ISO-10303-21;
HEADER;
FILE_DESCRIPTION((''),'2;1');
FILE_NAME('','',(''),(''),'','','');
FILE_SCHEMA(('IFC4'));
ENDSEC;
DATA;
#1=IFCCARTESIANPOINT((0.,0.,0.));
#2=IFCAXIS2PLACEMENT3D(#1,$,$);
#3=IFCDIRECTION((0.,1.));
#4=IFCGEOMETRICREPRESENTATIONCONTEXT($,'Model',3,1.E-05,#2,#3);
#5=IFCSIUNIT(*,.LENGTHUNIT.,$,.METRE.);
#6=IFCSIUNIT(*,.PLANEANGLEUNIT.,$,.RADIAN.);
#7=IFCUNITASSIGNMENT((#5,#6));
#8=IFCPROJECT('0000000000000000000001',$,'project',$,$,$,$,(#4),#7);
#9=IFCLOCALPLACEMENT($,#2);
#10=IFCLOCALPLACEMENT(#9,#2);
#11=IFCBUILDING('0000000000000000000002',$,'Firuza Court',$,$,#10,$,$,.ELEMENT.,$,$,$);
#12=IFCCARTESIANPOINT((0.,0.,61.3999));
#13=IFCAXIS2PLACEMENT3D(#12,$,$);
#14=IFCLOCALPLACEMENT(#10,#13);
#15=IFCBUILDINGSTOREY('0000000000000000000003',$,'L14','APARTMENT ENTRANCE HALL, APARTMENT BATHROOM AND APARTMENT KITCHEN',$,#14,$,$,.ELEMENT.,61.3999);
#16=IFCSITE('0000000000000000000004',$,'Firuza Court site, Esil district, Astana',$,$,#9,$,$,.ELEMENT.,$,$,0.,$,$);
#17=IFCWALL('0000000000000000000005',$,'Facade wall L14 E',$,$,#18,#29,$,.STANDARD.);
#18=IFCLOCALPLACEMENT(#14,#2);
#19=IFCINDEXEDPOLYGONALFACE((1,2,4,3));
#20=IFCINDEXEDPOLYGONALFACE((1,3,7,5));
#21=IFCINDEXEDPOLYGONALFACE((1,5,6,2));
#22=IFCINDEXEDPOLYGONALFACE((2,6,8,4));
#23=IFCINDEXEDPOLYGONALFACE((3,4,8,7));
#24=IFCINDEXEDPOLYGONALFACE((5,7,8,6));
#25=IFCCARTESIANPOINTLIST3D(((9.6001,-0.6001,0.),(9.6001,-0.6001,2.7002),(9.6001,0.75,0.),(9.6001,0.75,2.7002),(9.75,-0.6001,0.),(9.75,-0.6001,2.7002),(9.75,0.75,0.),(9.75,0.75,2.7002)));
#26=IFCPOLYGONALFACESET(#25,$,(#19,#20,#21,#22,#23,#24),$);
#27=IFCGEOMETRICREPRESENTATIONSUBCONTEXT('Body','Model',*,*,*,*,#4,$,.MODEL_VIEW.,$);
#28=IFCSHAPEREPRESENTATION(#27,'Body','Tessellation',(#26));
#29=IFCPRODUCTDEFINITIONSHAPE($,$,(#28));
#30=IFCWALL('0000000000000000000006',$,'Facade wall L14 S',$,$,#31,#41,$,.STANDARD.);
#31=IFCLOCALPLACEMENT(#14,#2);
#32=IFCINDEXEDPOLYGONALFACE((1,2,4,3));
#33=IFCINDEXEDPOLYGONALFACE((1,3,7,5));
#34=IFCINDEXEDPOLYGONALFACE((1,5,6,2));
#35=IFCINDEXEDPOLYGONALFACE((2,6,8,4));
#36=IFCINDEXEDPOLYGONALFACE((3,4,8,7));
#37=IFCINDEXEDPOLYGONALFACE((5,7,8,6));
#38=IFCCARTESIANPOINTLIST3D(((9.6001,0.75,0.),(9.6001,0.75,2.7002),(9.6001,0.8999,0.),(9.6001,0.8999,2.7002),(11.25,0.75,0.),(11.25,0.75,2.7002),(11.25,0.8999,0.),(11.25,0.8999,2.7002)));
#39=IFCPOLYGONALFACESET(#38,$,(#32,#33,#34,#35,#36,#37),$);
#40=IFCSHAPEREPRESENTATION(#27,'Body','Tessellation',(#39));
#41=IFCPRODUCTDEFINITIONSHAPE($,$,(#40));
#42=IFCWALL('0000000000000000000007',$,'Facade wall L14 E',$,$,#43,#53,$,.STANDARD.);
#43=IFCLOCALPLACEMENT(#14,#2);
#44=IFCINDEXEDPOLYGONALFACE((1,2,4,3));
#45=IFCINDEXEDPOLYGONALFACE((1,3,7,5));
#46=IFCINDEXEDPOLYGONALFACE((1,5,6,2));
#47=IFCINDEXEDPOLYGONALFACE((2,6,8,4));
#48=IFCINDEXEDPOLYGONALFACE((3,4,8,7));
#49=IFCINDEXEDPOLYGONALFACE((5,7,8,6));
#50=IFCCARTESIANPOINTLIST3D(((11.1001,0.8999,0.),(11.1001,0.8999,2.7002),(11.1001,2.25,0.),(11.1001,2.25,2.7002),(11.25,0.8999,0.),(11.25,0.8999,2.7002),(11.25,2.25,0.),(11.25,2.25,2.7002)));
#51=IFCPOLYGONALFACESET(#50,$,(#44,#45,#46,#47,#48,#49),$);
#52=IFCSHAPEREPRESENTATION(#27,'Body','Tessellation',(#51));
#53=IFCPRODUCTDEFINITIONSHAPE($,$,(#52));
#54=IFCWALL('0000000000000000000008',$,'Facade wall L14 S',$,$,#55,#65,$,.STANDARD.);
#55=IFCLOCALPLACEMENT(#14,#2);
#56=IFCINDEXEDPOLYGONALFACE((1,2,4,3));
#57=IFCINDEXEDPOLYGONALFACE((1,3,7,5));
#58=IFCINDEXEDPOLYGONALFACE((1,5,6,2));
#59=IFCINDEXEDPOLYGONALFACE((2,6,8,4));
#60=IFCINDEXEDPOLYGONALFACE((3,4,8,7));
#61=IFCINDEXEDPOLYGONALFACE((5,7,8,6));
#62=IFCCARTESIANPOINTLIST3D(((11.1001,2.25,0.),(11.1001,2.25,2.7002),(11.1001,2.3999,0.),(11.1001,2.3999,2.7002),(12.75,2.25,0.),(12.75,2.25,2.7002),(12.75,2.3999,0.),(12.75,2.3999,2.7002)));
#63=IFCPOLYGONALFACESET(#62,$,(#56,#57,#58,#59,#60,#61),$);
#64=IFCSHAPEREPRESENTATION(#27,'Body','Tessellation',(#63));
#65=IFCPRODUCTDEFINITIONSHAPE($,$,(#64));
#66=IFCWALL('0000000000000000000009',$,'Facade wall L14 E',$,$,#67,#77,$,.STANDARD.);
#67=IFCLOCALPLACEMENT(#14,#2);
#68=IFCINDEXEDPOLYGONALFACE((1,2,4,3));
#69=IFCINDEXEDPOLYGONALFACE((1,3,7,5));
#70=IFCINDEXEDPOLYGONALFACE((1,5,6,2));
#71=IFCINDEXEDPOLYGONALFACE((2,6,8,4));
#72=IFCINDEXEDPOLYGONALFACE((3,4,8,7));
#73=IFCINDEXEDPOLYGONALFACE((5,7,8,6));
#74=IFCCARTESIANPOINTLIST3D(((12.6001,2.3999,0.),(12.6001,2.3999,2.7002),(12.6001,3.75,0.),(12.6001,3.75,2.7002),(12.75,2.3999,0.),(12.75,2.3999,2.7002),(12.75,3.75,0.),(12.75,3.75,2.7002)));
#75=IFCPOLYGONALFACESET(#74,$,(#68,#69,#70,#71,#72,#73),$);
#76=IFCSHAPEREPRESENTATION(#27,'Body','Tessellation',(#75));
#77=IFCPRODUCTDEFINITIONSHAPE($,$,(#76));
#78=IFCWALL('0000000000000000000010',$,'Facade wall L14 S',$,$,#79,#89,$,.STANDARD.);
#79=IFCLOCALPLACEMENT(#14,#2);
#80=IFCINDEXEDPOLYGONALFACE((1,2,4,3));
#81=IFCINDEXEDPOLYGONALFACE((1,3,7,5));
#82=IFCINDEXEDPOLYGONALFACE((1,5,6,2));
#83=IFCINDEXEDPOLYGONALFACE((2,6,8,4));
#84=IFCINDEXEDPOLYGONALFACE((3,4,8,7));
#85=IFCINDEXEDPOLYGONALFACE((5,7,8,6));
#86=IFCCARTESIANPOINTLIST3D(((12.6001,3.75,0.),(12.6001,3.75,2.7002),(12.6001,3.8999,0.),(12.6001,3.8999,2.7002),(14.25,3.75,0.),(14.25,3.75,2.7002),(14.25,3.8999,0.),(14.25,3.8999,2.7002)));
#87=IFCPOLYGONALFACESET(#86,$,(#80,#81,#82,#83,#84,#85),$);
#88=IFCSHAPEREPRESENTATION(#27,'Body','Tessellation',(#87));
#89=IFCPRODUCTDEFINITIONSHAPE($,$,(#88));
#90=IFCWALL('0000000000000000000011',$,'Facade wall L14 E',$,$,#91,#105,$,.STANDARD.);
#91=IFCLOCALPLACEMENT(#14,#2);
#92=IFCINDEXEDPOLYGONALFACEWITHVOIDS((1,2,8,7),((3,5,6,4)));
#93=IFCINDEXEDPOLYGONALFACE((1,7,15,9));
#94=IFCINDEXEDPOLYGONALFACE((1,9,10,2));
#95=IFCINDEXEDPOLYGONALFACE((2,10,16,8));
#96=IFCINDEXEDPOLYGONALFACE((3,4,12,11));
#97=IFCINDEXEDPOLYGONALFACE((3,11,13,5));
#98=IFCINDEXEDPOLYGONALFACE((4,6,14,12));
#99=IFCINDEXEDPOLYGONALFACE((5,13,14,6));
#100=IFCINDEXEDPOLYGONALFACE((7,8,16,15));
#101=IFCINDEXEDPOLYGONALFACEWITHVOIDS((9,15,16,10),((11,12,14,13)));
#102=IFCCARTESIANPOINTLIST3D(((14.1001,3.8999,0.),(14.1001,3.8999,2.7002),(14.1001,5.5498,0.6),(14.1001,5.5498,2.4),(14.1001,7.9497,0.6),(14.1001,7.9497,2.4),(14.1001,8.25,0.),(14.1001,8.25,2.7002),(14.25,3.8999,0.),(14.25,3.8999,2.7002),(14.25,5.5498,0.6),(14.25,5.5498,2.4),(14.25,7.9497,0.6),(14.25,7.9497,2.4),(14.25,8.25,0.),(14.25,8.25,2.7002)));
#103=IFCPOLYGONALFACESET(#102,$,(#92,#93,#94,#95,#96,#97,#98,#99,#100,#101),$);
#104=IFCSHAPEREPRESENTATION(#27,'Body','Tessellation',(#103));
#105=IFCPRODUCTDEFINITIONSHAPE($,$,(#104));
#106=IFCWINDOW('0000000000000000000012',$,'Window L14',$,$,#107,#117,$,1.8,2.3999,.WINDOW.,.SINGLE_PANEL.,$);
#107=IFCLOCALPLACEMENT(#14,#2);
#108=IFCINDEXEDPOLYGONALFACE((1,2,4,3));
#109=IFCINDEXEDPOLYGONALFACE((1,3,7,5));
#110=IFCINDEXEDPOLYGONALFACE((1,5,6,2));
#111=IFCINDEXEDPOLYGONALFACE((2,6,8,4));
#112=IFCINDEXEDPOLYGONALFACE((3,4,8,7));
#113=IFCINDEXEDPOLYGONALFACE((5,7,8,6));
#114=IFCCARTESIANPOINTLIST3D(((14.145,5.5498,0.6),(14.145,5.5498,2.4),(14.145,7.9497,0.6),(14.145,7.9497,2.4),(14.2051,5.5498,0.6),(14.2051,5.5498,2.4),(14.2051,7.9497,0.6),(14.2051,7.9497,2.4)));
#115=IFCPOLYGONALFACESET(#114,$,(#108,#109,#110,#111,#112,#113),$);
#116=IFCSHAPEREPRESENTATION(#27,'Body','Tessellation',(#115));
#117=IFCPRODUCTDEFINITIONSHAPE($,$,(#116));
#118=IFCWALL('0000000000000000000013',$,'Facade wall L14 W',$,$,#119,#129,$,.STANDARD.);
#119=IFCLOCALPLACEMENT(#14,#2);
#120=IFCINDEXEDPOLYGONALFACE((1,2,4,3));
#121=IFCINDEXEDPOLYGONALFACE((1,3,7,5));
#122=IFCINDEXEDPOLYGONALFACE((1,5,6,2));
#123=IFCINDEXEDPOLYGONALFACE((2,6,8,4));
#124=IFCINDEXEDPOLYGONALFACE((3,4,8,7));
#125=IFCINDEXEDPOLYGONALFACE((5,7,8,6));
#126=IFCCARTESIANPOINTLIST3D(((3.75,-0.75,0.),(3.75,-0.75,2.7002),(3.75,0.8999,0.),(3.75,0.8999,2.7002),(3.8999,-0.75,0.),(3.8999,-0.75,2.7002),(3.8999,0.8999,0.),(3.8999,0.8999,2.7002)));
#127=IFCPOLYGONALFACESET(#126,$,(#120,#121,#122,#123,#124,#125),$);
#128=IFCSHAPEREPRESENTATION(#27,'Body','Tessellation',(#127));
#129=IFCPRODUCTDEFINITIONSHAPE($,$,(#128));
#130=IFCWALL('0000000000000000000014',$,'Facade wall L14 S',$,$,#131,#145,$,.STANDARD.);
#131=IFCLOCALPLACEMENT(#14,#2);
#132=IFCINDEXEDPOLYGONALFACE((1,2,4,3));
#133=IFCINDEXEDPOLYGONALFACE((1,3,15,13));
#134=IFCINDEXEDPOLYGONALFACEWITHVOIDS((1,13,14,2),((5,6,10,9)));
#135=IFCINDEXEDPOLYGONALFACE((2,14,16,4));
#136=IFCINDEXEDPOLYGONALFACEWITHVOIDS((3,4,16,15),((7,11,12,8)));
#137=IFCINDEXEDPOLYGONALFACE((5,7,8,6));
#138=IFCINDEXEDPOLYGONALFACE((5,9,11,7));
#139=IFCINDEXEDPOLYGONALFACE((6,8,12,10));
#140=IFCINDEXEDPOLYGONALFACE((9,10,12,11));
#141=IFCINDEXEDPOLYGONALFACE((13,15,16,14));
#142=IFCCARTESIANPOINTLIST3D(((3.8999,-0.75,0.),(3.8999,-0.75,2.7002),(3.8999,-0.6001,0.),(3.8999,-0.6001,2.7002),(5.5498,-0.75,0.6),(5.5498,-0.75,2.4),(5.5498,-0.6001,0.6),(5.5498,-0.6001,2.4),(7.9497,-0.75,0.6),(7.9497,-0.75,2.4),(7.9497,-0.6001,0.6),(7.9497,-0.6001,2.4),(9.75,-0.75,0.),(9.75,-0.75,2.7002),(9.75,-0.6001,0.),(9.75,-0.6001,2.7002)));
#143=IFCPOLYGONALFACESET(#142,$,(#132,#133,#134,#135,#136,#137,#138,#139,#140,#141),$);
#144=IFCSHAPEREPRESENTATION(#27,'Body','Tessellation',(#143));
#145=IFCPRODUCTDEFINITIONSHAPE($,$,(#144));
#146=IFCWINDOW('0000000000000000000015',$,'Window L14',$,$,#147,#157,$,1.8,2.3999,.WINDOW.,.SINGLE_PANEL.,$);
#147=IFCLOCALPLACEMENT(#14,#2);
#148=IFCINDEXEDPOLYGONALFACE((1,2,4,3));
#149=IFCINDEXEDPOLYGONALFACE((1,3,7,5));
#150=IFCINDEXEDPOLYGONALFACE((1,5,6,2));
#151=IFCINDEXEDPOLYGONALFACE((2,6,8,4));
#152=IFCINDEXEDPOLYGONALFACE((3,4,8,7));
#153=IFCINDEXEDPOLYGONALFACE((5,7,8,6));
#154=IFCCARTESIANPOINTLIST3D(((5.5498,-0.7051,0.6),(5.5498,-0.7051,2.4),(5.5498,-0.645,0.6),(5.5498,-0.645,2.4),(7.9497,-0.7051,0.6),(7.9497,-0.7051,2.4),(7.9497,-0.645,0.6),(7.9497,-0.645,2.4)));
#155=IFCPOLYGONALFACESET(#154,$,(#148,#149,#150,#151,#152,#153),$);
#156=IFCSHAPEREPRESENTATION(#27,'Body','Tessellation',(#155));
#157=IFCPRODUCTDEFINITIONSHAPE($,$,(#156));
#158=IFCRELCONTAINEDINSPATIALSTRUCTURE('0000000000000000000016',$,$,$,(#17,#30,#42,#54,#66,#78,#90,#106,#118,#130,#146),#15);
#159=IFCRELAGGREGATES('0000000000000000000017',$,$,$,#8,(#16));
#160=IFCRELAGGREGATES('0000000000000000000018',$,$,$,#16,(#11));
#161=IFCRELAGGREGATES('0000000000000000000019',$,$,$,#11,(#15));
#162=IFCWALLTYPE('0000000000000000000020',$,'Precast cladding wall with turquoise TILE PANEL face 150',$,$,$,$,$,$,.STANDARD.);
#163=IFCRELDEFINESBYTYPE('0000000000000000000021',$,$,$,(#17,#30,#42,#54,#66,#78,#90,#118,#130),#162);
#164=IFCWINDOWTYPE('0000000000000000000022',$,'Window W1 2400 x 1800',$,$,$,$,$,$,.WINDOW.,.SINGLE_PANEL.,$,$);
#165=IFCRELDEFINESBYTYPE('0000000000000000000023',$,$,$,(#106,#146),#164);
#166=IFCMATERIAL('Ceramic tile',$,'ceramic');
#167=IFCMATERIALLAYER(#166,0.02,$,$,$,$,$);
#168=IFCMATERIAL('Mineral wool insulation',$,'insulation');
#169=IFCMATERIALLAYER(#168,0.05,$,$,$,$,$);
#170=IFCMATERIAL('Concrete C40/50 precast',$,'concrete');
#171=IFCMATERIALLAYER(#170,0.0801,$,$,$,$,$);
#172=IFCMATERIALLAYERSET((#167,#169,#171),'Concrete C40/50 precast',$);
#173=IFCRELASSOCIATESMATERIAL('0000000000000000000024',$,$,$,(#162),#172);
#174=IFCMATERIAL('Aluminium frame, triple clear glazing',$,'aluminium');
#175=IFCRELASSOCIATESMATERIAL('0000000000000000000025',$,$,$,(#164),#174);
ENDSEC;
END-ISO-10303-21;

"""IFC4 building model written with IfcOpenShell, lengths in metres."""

from ifc_helpers import new_model, si_unit, direction, frame, frame_2d, origin, place, context, subcontext, project, spatial, rectangle, extrude, material, layer, layer_set, type_object, element, fill, save


model = new_model("IFC4")

# Units and contexts
model_context = context("Model", 3, precision=1e-05, world=origin(), true_north=direction((0.0, 1.0)))
body_context = subcontext(model_context, "Body", "Model", "MODEL_VIEW")
ifc_project = project(units=[si_unit("LENGTHUNIT", "METRE"), si_unit("PLANEANGLEUNIT", "RADIAN")], contexts=[model_context])

# Site, building, storey
site_placement = place(None, origin())
site = spatial("IfcSite", under=ifc_project, at=site_placement, Name="Firuza Court site, Esil district, Astana", CompositionType="ELEMENT", RefElevation=0.0)
building_placement = place(site_placement, origin())
building = spatial("IfcBuilding", under=site, at=building_placement, Name="Firuza Court", CompositionType="ELEMENT")
storey_placement = place(building_placement, frame((0.0, 0.0, 61.3999)))
storey = spatial("IfcBuildingStorey", under=building, at=storey_placement, Name="L14", Description="APARTMENT ENTRANCE HALL, APARTMENT BATHROOM AND APARTMENT KITCHEN", CompositionType="ELEMENT", Elevation=61.3999)

# Walls
ifc_material_1 = material(Name="Ceramic tile", Category="ceramic")
ifc_layer_1 = layer(ifc_material_1, 0.02)
ifc_material_2 = material(Name="Mineral wool insulation", Category="insulation")
ifc_layer_2 = layer(ifc_material_2, 0.05)
ifc_material_3 = material(Name="Concrete C40/50 precast", Category="concrete")
ifc_layer_3 = layer(ifc_material_3, 0.0801)
ifc_layer_set_1 = layer_set([ifc_layer_1, ifc_layer_2, ifc_layer_3], Name="Concrete C40/50 precast")
wall_type_1 = type_object("IfcWallType", Name="Precast cladding wall with turquoise TILE PANEL face 150", PredefinedType="STANDARD", material=ifc_layer_set_1)
wall_1_placement = place(storey_placement, frame((9.675, -0.6001, 0.0), z_axis=(0.0, 0.0, 1.0), x_axis=(0.0, 1.0, 0.0)))
element("IfcWall", 1, at=wall_1_placement, inside=storey, type_object=wall_type_1, Name="Facade wall L14 E", PredefinedType="STANDARD", context=body_context, shape_type="SweptSolid", body=[
    extrude(rectangle(XDim=1.3501, YDim=0.1499, at=frame_2d((0.675, 0.0))), origin(), (0.0, 0.0, 1.0), 2.7002),
])
wall_2_placement = place(storey_placement, frame((9.6001, 0.825, 0.0), z_axis=(0.0, 0.0, 1.0), x_axis=(1.0, 0.0, 0.0)))
element("IfcWall", 2, at=wall_2_placement, inside=storey, type_object=wall_type_1, Name="Facade wall L14 S", PredefinedType="STANDARD", context=body_context, shape_type="SweptSolid", body=[
    extrude(rectangle(XDim=1.6499, YDim=0.1499, at=frame_2d((0.825, 0.0))), origin(), (0.0, 0.0, 1.0), 2.7002),
])
wall_3_placement = place(storey_placement, frame((11.175, 0.8999, 0.0), z_axis=(0.0, 0.0, 1.0), x_axis=(0.0, 1.0, 0.0)))
element("IfcWall", 3, at=wall_3_placement, inside=storey, type_object=wall_type_1, Name="Facade wall L14 E", PredefinedType="STANDARD", context=body_context, shape_type="SweptSolid", body=[
    extrude(rectangle(XDim=1.3501, YDim=0.1499, at=frame_2d((0.675, 0.0))), origin(), (0.0, 0.0, 1.0), 2.7002),
])
wall_4_placement = place(storey_placement, frame((11.1001, 2.325, 0.0), z_axis=(0.0, 0.0, 1.0), x_axis=(1.0, 0.0, 0.0)))
element("IfcWall", 4, at=wall_4_placement, inside=storey, type_object=wall_type_1, Name="Facade wall L14 S", PredefinedType="STANDARD", context=body_context, shape_type="SweptSolid", body=[
    extrude(rectangle(XDim=1.6499, YDim=0.1499, at=frame_2d((0.825, 0.0))), origin(), (0.0, 0.0, 1.0), 2.7002),
])
wall_5_placement = place(storey_placement, frame((12.675, 2.3999, 0.0), z_axis=(0.0, 0.0, 1.0), x_axis=(0.0, 1.0, 0.0)))
element("IfcWall", 5, at=wall_5_placement, inside=storey, type_object=wall_type_1, Name="Facade wall L14 E", PredefinedType="STANDARD", context=body_context, shape_type="SweptSolid", body=[
    extrude(rectangle(XDim=1.3501, YDim=0.1499, at=frame_2d((0.675, 0.0))), origin(), (0.0, 0.0, 1.0), 2.7002),
])
wall_6_placement = place(storey_placement, frame((12.6001, 3.825, 0.0), z_axis=(0.0, 0.0, 1.0), x_axis=(1.0, 0.0, 0.0)))
element("IfcWall", 6, at=wall_6_placement, inside=storey, type_object=wall_type_1, Name="Facade wall L14 S", PredefinedType="STANDARD", context=body_context, shape_type="SweptSolid", body=[
    extrude(rectangle(XDim=1.6499, YDim=0.1499, at=frame_2d((0.825, 0.0))), origin(), (0.0, 0.0, 1.0), 2.7002),
])

# Wall, opening, window
wall_7_placement = place(storey_placement, frame((14.175, 3.8999, 0.0), z_axis=(0.0, 0.0, 1.0), x_axis=(0.0, 1.0, 0.0)))
wall_7 = element("IfcWall", 7, at=wall_7_placement, inside=storey, type_object=wall_type_1, Name="Facade wall L14 E", PredefinedType="STANDARD", context=body_context, shape_type="SweptSolid", body=[
    extrude(rectangle(XDim=4.3501, YDim=0.1499, at=frame_2d((2.175, 0.0))), origin(), (0.0, 0.0, 1.0), 2.7002),
])
opening_1_placement = place(wall_7_placement, frame((1.6499, 0.0, 0.6001)))
opening_1 = element("IfcOpeningElement", 8, at=opening_1_placement, cuts=wall_7, PredefinedType="OPENING", context=body_context, shape_type="SweptSolid", body=[
    extrude(rectangle(XDim=2.3999, YDim=1.8, at=frame_2d((1.2, 0.8999))), frame((0.0, 0.0869, 0.0), z_axis=(0.0, -1.0, 0.0), x_axis=(1.0, 0.0, 0.0)), (0.0, 0.0, 1.0), 0.1738),
])
ifc_material_4 = material(Name="Aluminium frame, triple clear glazing", Category="aluminium")
window_type = type_object("IfcWindowType", Name="Window W1 2400 x 1800", PartitioningType="SINGLE_PANEL", PredefinedType="WINDOW", material=ifc_material_4)
window_1_placement = place(opening_1_placement, origin())
window_1 = element("IfcWindow", 9, at=window_1_placement, inside=storey, type_object=window_type, Name="Window L14", OverallHeight=1.8, OverallWidth=2.3999, PartitioningType="SINGLE_PANEL", PredefinedType="WINDOW", context=body_context, shape_type="SweptSolid", body=[
    extrude(rectangle(XDim=2.3999, YDim=1.8, at=frame_2d((1.2, 0.8999))), frame((0.0, 0.03, 0.0), z_axis=(0.0, -1.0, 0.0), x_axis=(1.0, 0.0, 0.0)), (0.0, 0.0, 1.0), 0.0601),
])
fill(opening_1, window_1)

# Wall
wall_8_placement = place(storey_placement, frame((3.825, 0.8999, 0.0), z_axis=(0.0, 0.0, 1.0), x_axis=(0.0, -1.0, 0.0)))
element("IfcWall", 10, at=wall_8_placement, inside=storey, type_object=wall_type_1, Name="Facade wall L14 W", PredefinedType="STANDARD", context=body_context, shape_type="SweptSolid", body=[
    extrude(rectangle(XDim=1.6499, YDim=0.1499, at=frame_2d((0.825, 0.0))), origin(), (0.0, 0.0, 1.0), 2.7002),
])

# Wall, opening, window
wall_9_placement = place(storey_placement, frame((3.8999, -0.675, 0.0), z_axis=(0.0, 0.0, 1.0), x_axis=(1.0, 0.0, 0.0)))
wall_9 = element("IfcWall", 11, at=wall_9_placement, inside=storey, type_object=wall_type_1, Name="Facade wall L14 S", PredefinedType="STANDARD", context=body_context, shape_type="SweptSolid", body=[
    extrude(rectangle(XDim=5.8501, YDim=0.1499, at=frame_2d((2.925, 0.0))), origin(), (0.0, 0.0, 1.0), 2.7002),
])
opening_2_placement = place(wall_9_placement, frame((1.6499, 0.0, 0.6001)))
opening_2 = element("IfcOpeningElement", 12, at=opening_2_placement, cuts=wall_9, PredefinedType="OPENING", context=body_context, shape_type="SweptSolid", body=[
    extrude(rectangle(XDim=2.3999, YDim=1.8, at=frame_2d((1.2, 0.8999))), frame((0.0, 0.0869, 0.0), z_axis=(0.0, -1.0, 0.0), x_axis=(1.0, 0.0, 0.0)), (0.0, 0.0, 1.0), 0.1738),
])
window_2_placement = place(opening_2_placement, origin())
window_2 = element("IfcWindow", 13, at=window_2_placement, inside=storey, type_object=window_type, Name="Window L14", OverallHeight=1.8, OverallWidth=2.3999, PartitioningType="SINGLE_PANEL", PredefinedType="WINDOW", context=body_context, shape_type="SweptSolid", body=[
    extrude(rectangle(XDim=2.3999, YDim=1.8, at=frame_2d((1.2, 0.8999))), frame((0.0, 0.03, 0.0), z_axis=(0.0, -1.0, 0.0), x_axis=(1.0, 0.0, 0.0)), (0.0, 0.0, 1.0), 0.0601),
])
fill(opening_2, window_2)

save(model, "model.ifc")
